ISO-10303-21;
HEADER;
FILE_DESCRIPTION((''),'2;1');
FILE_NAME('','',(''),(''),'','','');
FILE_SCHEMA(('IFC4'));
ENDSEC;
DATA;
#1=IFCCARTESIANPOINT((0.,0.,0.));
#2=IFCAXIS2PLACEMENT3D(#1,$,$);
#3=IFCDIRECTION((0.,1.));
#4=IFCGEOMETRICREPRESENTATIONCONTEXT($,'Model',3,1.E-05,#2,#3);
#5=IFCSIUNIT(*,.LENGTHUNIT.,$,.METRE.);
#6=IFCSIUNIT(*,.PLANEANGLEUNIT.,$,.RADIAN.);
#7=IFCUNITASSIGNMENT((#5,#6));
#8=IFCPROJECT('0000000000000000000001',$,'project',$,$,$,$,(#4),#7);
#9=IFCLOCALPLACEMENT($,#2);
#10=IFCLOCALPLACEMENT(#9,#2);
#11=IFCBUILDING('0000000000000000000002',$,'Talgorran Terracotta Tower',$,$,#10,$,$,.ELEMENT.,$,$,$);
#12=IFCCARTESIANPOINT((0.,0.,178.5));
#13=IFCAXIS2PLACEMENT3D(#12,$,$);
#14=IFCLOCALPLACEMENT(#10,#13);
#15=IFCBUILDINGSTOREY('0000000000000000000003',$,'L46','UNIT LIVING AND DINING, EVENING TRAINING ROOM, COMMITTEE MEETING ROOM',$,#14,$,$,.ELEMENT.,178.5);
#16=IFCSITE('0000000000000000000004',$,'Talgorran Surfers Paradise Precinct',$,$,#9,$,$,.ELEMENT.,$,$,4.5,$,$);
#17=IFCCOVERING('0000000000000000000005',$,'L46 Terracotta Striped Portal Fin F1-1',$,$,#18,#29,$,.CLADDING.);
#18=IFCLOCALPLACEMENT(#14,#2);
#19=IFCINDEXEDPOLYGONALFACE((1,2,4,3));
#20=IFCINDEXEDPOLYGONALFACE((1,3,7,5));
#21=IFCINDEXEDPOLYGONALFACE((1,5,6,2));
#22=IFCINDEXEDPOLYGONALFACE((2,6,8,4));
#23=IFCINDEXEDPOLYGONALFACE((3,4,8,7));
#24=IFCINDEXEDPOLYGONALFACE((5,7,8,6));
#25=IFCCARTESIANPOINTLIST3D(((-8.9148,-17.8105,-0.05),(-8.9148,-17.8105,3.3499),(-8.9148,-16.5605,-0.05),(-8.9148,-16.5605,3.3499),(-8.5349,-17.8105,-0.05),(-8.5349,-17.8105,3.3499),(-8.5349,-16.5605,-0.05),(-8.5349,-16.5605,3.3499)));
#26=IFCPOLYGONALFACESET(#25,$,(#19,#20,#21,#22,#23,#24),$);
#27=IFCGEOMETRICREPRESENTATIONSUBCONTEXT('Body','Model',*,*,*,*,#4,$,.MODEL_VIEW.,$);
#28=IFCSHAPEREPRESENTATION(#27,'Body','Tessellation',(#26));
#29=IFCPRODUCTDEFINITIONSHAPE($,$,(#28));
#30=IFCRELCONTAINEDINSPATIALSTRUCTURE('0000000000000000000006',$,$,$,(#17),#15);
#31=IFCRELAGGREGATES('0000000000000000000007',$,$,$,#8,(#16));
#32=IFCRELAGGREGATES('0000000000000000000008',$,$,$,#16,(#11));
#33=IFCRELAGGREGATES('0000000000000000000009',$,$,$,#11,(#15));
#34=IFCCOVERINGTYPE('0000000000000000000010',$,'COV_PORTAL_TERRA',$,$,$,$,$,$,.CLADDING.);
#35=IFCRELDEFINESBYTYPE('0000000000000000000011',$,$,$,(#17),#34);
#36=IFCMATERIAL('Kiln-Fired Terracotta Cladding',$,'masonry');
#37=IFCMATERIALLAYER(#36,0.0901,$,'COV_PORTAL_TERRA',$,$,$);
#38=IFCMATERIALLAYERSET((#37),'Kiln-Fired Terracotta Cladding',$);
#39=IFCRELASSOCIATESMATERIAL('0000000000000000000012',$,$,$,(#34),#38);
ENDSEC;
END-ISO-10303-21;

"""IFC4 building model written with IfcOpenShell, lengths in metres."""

from ifc_helpers import new_model, si_unit, direction, frame, origin, origin_2d, place, context, subcontext, project, spatial, rectangle, extrude, material, layer, layer_set, type_object, element, save


model = new_model("IFC4")

# Units and contexts
model_context = context("Model", 3, precision=1e-05, world=origin(), true_north=direction((0.0, 1.0)))
body_context = subcontext(model_context, "Body", "Model", "MODEL_VIEW")
ifc_project = project(units=[si_unit("LENGTHUNIT", "METRE"), si_unit("PLANEANGLEUNIT", "RADIAN")], contexts=[model_context])

# Site, building, storey
site_placement = place(None, origin())
site = spatial("IfcSite", under=ifc_project, at=site_placement, Name="Talgorran Surfers Paradise Precinct", CompositionType="ELEMENT", RefElevation=4.5)
building_placement = place(site_placement, origin())
building = spatial("IfcBuilding", under=site, at=building_placement, Name="Talgorran Terracotta Tower", CompositionType="ELEMENT")
storey_placement = place(building_placement, frame((0.0, 0.0, 178.5)))
storey = spatial("IfcBuildingStorey", under=building, at=storey_placement, Name="L46", Description="UNIT LIVING AND DINING, EVENING TRAINING ROOM, COMMITTEE MEETING ROOM", CompositionType="ELEMENT", Elevation=178.5)

# Covering
ifc_material_1 = material(Name="Kiln-Fired Terracotta Cladding", Category="masonry")
ifc_layer_1 = layer(ifc_material_1, 0.0901, Name="COV_PORTAL_TERRA")
ifc_layer_set_1 = layer_set([ifc_layer_1], Name="Kiln-Fired Terracotta Cladding")
covering_type = type_object("IfcCoveringType", Name="COV_PORTAL_TERRA", PredefinedType="CLADDING", material=ifc_layer_set_1)
covering_placement = place(storey_placement, frame((-8.7249, -17.1855, -0.05), z_axis=(0.0, 0.0, 1.0), x_axis=(1.0, 0.0, 0.0)))
element("IfcCovering", 1, at=covering_placement, inside=storey, type_object=covering_type, Name="L46 Terracotta Striped Portal Fin F1-1", PredefinedType="CLADDING", context=body_context, shape_type="SweptSolid", body=[
    extrude(rectangle(XDim=0.3799, YDim=1.25, at=origin_2d()), origin(), (0.0, 0.0, 1.0), 3.3999),
])

save(model, "model.ifc")
